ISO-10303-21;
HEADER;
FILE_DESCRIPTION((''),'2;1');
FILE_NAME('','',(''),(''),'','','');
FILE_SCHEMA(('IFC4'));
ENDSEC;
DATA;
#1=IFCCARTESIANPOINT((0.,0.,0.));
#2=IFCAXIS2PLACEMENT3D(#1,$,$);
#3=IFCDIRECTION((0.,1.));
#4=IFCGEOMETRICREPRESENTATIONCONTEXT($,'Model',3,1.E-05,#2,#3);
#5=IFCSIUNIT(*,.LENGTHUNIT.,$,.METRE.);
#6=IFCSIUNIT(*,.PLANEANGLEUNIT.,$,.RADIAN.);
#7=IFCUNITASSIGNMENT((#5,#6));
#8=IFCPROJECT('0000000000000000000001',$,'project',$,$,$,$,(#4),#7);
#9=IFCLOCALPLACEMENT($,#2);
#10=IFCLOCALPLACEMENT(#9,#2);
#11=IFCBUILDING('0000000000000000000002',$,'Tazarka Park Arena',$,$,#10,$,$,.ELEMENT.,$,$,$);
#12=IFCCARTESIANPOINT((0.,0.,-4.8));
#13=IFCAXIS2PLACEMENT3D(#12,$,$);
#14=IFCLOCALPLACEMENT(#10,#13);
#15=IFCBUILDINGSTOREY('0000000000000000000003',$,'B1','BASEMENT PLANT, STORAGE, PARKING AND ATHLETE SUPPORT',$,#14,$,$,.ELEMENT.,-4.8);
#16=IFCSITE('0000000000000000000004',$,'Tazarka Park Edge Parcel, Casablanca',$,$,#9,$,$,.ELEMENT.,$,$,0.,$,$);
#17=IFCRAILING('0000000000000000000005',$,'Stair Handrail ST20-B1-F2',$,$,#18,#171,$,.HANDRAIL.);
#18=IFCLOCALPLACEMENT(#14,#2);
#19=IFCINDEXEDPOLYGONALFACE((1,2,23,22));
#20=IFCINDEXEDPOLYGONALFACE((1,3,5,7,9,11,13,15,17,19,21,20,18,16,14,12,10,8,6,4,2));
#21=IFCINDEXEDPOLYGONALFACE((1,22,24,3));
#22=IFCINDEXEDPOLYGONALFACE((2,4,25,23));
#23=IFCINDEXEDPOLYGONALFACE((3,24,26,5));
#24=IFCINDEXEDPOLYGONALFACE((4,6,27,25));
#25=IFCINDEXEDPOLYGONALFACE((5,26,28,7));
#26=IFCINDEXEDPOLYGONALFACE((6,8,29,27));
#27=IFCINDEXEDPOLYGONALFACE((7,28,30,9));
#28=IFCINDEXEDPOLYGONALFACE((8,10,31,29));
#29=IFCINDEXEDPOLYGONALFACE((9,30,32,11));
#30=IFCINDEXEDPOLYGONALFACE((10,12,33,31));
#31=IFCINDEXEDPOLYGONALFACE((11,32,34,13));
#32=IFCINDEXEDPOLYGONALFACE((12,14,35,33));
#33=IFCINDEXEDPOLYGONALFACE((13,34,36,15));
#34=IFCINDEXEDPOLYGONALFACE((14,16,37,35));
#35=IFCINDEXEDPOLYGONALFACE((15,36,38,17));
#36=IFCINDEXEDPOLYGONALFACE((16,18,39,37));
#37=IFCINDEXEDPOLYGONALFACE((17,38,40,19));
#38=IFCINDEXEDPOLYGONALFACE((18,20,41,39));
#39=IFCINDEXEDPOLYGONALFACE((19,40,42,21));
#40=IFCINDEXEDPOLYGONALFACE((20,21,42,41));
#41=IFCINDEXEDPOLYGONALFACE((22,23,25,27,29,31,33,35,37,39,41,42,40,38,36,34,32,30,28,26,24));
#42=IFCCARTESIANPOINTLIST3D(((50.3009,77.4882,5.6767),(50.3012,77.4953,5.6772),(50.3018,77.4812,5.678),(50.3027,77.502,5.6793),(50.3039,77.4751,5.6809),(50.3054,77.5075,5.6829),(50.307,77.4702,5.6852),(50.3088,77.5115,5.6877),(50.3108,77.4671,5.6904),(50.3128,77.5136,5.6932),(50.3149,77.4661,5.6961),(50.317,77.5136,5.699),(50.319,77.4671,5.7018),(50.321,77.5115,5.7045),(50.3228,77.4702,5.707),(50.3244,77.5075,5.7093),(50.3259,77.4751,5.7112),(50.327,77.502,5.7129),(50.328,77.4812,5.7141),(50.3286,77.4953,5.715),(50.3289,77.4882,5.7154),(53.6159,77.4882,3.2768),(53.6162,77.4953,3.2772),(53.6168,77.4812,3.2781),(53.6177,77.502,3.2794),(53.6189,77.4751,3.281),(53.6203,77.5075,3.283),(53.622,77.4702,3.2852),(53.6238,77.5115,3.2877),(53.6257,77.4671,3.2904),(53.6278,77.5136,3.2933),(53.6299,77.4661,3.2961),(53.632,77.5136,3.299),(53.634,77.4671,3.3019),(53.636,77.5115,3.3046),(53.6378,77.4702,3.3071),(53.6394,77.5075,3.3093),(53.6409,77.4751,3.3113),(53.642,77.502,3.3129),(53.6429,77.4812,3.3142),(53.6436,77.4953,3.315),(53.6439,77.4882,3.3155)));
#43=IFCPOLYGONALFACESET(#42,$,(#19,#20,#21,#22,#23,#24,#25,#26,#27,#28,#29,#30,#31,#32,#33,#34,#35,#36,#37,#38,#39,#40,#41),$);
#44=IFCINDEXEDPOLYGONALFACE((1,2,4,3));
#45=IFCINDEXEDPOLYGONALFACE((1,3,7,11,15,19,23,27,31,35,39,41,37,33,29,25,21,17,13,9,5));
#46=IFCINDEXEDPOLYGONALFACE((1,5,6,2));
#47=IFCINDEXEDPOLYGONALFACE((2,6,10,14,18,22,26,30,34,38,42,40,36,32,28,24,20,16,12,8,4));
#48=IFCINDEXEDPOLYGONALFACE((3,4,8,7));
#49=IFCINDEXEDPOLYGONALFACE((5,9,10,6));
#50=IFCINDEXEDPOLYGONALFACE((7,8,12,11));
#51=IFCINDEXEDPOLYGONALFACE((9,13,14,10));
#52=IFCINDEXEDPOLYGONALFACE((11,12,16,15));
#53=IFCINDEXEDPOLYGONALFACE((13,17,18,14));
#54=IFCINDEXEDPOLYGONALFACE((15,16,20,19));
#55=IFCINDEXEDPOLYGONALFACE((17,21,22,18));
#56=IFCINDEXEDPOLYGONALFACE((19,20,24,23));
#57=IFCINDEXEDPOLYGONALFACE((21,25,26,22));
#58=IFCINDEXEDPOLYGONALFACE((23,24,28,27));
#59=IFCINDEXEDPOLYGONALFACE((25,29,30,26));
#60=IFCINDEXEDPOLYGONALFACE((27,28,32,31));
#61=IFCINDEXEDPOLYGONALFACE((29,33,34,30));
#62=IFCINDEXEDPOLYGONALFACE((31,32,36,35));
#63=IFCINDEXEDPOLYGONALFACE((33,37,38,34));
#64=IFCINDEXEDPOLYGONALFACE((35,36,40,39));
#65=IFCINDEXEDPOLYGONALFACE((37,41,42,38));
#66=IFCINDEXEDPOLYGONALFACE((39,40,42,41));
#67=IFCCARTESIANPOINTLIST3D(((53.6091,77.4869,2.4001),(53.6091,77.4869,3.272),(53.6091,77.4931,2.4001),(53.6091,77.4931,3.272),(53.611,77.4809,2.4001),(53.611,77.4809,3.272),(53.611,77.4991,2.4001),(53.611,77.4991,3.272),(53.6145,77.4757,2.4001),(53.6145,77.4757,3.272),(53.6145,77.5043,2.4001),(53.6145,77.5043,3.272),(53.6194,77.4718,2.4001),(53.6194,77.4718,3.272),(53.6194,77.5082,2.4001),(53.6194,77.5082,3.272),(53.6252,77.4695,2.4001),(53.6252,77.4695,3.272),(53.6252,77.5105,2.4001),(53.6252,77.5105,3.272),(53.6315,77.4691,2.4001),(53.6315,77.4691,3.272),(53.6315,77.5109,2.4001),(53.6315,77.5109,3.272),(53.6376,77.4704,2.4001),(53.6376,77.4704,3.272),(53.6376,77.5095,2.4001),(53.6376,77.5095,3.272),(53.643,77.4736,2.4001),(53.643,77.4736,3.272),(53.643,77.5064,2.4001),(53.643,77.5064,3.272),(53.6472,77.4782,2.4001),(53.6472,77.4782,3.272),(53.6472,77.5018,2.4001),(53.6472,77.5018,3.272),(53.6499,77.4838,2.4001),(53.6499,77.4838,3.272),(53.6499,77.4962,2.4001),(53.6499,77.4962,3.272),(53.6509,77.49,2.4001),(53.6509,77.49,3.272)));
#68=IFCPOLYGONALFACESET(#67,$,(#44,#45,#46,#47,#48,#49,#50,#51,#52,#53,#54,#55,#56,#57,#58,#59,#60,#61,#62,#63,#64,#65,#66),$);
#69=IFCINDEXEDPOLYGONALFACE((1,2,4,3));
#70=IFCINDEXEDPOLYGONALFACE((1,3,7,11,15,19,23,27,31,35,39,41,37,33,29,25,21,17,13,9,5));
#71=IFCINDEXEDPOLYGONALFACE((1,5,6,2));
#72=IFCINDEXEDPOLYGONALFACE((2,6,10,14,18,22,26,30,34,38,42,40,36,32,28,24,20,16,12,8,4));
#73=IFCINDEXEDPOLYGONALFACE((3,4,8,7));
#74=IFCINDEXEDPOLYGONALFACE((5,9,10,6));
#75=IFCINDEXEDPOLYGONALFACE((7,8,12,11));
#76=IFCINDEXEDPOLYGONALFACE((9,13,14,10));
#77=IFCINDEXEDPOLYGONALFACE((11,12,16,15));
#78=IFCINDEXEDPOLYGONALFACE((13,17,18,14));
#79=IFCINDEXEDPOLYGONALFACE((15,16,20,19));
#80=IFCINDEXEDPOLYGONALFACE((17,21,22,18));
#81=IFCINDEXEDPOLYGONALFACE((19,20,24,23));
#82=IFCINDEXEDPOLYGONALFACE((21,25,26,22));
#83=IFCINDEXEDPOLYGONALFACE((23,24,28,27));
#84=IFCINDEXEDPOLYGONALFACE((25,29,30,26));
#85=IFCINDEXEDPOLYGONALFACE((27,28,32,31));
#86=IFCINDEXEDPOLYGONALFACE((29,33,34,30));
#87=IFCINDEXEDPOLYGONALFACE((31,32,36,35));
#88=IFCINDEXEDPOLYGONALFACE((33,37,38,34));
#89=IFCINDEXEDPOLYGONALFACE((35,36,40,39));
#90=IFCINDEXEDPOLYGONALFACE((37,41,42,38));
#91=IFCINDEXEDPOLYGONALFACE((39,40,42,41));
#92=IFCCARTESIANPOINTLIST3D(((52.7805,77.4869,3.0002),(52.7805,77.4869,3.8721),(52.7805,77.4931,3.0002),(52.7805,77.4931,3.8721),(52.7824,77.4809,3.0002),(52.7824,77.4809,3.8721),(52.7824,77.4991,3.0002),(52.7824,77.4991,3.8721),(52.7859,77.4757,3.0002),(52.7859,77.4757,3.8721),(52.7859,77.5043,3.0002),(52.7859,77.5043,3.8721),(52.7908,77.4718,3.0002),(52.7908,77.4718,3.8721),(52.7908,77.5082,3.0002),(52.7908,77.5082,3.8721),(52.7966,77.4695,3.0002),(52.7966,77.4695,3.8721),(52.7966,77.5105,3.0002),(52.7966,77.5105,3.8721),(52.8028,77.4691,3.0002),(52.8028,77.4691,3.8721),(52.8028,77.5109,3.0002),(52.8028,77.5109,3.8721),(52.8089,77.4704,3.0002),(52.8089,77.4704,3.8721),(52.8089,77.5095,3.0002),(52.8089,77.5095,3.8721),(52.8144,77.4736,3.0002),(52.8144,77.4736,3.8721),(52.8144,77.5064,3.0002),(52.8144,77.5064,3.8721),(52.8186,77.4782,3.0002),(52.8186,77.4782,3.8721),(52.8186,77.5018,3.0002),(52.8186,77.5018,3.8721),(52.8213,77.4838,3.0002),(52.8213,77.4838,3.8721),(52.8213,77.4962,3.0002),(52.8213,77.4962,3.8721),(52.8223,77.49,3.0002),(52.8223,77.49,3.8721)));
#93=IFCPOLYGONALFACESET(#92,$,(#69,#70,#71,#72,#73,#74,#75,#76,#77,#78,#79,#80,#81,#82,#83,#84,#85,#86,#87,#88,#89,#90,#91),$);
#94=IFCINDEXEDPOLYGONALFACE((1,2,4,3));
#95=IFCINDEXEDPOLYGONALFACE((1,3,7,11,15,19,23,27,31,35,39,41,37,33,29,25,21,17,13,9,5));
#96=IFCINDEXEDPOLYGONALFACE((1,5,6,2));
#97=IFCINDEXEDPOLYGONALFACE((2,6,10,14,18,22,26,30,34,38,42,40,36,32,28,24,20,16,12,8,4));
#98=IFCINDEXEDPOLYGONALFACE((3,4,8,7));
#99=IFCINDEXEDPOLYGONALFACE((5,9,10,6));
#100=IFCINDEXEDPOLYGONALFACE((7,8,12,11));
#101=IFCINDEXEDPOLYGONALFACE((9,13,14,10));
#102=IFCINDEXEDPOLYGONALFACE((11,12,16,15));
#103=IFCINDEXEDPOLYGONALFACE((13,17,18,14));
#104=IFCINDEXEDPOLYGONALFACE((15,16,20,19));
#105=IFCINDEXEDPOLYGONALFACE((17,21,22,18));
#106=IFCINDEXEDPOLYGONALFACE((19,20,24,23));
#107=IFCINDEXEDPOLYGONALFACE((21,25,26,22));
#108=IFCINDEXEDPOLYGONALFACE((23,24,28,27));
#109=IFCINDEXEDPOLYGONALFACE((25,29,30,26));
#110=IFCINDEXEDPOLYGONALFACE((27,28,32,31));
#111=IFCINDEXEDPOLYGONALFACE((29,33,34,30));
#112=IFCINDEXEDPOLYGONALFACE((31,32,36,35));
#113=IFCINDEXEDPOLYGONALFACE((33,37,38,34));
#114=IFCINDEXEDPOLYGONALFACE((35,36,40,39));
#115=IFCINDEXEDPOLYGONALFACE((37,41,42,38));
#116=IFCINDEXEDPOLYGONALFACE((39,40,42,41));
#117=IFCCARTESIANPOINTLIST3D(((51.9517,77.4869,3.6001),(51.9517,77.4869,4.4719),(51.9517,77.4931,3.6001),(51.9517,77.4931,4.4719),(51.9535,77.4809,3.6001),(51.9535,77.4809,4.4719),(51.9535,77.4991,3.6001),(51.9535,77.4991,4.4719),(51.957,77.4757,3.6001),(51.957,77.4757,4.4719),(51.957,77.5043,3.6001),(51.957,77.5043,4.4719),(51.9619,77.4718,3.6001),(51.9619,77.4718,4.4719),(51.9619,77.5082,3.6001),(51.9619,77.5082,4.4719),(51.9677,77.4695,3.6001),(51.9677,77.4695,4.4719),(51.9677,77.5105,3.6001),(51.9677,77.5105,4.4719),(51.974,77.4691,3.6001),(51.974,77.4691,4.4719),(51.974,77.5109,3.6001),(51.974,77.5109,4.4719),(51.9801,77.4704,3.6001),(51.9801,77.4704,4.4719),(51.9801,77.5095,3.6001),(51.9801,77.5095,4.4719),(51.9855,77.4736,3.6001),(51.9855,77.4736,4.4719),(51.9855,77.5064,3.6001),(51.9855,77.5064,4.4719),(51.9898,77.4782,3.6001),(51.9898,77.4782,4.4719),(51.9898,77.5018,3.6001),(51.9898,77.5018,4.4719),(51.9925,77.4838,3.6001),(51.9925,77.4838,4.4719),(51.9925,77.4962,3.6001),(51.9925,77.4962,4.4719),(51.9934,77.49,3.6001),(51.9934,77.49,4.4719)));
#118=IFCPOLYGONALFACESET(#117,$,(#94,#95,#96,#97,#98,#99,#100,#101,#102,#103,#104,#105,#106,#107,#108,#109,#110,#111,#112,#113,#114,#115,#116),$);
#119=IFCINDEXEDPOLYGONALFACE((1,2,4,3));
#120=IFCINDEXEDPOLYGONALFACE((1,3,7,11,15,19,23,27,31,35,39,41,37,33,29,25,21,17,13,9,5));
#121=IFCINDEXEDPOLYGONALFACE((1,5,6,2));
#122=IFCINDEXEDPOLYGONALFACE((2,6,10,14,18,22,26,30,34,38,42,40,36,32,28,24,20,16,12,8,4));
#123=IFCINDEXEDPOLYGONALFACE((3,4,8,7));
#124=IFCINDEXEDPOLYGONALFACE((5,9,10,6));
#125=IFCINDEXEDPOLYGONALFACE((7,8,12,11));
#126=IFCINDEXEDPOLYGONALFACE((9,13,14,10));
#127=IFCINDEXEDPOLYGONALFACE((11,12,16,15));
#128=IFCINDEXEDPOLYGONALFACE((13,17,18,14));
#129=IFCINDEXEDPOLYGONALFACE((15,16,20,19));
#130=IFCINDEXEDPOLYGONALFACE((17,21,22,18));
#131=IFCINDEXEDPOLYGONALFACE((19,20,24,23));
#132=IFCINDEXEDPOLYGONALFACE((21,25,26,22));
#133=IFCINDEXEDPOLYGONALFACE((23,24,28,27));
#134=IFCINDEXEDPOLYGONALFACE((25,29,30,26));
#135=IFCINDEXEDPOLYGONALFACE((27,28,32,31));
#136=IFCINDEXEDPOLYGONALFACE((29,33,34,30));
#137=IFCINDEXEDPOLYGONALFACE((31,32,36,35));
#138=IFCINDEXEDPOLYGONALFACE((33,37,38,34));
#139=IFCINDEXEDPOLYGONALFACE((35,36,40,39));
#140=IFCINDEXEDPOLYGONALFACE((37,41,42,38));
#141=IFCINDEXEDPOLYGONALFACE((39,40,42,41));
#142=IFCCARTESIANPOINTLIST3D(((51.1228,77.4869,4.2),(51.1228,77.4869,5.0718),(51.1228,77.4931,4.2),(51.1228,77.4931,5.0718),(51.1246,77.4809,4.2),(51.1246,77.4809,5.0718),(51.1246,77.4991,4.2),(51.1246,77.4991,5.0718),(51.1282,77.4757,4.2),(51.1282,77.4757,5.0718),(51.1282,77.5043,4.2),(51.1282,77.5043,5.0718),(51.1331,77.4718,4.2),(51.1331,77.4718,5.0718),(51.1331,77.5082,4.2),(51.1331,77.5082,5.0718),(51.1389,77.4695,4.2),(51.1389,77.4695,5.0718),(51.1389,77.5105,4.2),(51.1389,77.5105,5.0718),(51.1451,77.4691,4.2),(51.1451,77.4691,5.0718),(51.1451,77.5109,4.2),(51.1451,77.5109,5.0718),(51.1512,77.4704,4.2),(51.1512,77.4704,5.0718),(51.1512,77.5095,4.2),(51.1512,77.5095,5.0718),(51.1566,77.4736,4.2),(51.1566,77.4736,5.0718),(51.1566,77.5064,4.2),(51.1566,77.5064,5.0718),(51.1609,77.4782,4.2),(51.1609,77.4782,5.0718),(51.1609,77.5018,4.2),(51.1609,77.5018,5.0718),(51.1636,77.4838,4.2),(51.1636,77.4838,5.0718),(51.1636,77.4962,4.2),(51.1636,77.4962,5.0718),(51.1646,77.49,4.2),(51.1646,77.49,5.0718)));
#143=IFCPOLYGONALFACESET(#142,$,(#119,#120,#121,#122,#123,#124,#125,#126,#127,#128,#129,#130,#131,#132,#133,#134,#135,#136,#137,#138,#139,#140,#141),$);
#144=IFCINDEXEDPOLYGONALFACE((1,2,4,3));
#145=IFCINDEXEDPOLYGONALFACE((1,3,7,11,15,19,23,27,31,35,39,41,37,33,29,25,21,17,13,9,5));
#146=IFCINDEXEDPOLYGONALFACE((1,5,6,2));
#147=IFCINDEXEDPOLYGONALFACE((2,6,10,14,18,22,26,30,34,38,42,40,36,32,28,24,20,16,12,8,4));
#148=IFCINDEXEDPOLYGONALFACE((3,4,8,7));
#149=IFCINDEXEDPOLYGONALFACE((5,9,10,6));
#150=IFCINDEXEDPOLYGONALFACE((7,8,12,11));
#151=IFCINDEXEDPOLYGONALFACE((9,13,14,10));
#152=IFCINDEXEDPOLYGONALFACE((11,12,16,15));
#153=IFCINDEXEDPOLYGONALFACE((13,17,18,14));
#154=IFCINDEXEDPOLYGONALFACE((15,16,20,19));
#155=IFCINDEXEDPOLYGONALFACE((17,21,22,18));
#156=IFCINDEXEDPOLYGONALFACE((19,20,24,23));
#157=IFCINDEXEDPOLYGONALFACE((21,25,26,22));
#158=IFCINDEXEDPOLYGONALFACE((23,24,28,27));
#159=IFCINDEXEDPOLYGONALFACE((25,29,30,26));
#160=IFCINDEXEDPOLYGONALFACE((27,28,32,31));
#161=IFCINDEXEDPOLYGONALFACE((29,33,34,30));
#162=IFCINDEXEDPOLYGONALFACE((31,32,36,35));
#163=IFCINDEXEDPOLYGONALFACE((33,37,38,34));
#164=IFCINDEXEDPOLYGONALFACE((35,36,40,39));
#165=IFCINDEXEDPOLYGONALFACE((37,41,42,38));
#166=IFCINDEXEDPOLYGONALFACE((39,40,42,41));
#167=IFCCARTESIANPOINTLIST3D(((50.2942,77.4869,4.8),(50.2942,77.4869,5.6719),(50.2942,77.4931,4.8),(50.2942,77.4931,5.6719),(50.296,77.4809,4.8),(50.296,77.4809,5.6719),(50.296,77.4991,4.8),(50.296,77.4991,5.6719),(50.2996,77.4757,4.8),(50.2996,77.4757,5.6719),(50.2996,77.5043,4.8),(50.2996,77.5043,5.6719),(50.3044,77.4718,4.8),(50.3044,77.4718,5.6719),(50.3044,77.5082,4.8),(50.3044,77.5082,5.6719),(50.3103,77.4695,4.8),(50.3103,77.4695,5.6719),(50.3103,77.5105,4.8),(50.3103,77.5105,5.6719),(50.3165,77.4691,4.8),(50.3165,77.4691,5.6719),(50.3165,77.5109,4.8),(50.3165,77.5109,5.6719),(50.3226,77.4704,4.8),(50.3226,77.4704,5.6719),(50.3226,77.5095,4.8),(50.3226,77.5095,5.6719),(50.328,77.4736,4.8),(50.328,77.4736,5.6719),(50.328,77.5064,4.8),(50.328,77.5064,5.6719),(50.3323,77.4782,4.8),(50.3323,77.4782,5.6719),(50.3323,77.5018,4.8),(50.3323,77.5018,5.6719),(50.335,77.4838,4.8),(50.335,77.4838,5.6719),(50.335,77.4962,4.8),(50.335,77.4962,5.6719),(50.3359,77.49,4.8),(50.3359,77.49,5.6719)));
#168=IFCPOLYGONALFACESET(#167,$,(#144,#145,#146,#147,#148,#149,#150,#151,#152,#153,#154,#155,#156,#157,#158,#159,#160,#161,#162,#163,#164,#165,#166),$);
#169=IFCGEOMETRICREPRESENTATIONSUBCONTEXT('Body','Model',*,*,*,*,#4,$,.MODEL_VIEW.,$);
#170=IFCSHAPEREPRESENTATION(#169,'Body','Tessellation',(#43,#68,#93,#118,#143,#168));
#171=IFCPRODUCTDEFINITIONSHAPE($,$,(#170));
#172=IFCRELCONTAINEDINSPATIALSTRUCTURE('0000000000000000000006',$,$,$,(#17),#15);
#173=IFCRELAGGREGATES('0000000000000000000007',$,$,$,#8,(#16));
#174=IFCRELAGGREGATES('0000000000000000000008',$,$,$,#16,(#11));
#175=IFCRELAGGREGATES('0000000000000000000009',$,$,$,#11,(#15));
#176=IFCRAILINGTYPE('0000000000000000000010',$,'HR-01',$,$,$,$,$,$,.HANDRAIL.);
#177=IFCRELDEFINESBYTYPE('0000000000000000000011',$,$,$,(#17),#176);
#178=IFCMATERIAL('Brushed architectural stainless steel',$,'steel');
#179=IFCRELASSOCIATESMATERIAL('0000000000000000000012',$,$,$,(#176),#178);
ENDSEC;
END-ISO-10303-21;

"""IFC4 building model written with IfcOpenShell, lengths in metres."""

from ifc_helpers import new_model, si_unit, direction, frame, origin, origin_2d, place, context, subcontext, project, spatial, circle, extrude, material, type_object, element, save


model = new_model("IFC4")

# Units and contexts
model_context = context("Model", 3, precision=1e-05, world=origin(), true_north=direction((0.0, 1.0)))
body_context = subcontext(model_context, "Body", "Model", "MODEL_VIEW")
ifc_project = project(units=[si_unit("LENGTHUNIT", "METRE"), si_unit("PLANEANGLEUNIT", "RADIAN")], contexts=[model_context])

# Site, building, storey
site_placement = place(None, origin())
site = spatial("IfcSite", under=ifc_project, at=site_placement, Name="Tazarka Park Edge Parcel, Casablanca", CompositionType="ELEMENT", RefElevation=0.0)
building_placement = place(site_placement, origin())
building = spatial("IfcBuilding", under=site, at=building_placement, Name="Tazarka Park Arena", CompositionType="ELEMENT")
storey_placement = place(building_placement, frame((0.0, 0.0, -4.8)))
storey = spatial("IfcBuildingStorey", under=building, at=storey_placement, Name="B1", Description="BASEMENT PLANT, STORAGE, PARKING AND ATHLETE SUPPORT", CompositionType="ELEMENT", Elevation=-4.8)

# Railing
ifc_material_1 = material(Name="Brushed architectural stainless steel", Category="steel")
railing_type_1 = type_object("IfcRailingType", Name="HR-01", PredefinedType="HANDRAIL", material=ifc_material_1)
railing_1_placement = place(storey_placement, frame((53.6299, 77.49, 2.4001)))
element("IfcRailing", 1, at=railing_1_placement, inside=storey, type_object=railing_type_1, Name="Stair Handrail ST20-B1-F2", PredefinedType="HANDRAIL", context=body_context, shape_type="SweptSolid", body=[
    extrude(circle(Radius=0.0239, at=origin_2d()), frame((0.0, 0.0, 0.896), z_axis=(-0.810009, 0.0, 0.586418), x_axis=(0.0, -1.0, 0.0)), (0.0, 0.0, 1.0), 4.0925),
    extrude(circle(Radius=0.021, at=origin_2d()), origin(), (0.0, 0.0, 1.0), 0.8718),
    extrude(circle(Radius=0.021, at=origin_2d()), frame((-0.8286, 0.0, 0.6001)), (0.0, 0.0, 1.0), 0.8718),
    extrude(circle(Radius=0.021, at=origin_2d()), frame((-1.6575, 0.0, 1.2)), (0.0, 0.0, 1.0), 0.8718),
    extrude(circle(Radius=0.021, at=origin_2d()), frame((-2.4863, 0.0, 1.7998)), (0.0, 0.0, 1.0), 0.8718),
    extrude(circle(Radius=0.021, at=origin_2d()), frame((-3.3149, 0.0, 2.3999)), (0.0, 0.0, 1.0), 0.8718),
])

save(model, "model.ifc")
